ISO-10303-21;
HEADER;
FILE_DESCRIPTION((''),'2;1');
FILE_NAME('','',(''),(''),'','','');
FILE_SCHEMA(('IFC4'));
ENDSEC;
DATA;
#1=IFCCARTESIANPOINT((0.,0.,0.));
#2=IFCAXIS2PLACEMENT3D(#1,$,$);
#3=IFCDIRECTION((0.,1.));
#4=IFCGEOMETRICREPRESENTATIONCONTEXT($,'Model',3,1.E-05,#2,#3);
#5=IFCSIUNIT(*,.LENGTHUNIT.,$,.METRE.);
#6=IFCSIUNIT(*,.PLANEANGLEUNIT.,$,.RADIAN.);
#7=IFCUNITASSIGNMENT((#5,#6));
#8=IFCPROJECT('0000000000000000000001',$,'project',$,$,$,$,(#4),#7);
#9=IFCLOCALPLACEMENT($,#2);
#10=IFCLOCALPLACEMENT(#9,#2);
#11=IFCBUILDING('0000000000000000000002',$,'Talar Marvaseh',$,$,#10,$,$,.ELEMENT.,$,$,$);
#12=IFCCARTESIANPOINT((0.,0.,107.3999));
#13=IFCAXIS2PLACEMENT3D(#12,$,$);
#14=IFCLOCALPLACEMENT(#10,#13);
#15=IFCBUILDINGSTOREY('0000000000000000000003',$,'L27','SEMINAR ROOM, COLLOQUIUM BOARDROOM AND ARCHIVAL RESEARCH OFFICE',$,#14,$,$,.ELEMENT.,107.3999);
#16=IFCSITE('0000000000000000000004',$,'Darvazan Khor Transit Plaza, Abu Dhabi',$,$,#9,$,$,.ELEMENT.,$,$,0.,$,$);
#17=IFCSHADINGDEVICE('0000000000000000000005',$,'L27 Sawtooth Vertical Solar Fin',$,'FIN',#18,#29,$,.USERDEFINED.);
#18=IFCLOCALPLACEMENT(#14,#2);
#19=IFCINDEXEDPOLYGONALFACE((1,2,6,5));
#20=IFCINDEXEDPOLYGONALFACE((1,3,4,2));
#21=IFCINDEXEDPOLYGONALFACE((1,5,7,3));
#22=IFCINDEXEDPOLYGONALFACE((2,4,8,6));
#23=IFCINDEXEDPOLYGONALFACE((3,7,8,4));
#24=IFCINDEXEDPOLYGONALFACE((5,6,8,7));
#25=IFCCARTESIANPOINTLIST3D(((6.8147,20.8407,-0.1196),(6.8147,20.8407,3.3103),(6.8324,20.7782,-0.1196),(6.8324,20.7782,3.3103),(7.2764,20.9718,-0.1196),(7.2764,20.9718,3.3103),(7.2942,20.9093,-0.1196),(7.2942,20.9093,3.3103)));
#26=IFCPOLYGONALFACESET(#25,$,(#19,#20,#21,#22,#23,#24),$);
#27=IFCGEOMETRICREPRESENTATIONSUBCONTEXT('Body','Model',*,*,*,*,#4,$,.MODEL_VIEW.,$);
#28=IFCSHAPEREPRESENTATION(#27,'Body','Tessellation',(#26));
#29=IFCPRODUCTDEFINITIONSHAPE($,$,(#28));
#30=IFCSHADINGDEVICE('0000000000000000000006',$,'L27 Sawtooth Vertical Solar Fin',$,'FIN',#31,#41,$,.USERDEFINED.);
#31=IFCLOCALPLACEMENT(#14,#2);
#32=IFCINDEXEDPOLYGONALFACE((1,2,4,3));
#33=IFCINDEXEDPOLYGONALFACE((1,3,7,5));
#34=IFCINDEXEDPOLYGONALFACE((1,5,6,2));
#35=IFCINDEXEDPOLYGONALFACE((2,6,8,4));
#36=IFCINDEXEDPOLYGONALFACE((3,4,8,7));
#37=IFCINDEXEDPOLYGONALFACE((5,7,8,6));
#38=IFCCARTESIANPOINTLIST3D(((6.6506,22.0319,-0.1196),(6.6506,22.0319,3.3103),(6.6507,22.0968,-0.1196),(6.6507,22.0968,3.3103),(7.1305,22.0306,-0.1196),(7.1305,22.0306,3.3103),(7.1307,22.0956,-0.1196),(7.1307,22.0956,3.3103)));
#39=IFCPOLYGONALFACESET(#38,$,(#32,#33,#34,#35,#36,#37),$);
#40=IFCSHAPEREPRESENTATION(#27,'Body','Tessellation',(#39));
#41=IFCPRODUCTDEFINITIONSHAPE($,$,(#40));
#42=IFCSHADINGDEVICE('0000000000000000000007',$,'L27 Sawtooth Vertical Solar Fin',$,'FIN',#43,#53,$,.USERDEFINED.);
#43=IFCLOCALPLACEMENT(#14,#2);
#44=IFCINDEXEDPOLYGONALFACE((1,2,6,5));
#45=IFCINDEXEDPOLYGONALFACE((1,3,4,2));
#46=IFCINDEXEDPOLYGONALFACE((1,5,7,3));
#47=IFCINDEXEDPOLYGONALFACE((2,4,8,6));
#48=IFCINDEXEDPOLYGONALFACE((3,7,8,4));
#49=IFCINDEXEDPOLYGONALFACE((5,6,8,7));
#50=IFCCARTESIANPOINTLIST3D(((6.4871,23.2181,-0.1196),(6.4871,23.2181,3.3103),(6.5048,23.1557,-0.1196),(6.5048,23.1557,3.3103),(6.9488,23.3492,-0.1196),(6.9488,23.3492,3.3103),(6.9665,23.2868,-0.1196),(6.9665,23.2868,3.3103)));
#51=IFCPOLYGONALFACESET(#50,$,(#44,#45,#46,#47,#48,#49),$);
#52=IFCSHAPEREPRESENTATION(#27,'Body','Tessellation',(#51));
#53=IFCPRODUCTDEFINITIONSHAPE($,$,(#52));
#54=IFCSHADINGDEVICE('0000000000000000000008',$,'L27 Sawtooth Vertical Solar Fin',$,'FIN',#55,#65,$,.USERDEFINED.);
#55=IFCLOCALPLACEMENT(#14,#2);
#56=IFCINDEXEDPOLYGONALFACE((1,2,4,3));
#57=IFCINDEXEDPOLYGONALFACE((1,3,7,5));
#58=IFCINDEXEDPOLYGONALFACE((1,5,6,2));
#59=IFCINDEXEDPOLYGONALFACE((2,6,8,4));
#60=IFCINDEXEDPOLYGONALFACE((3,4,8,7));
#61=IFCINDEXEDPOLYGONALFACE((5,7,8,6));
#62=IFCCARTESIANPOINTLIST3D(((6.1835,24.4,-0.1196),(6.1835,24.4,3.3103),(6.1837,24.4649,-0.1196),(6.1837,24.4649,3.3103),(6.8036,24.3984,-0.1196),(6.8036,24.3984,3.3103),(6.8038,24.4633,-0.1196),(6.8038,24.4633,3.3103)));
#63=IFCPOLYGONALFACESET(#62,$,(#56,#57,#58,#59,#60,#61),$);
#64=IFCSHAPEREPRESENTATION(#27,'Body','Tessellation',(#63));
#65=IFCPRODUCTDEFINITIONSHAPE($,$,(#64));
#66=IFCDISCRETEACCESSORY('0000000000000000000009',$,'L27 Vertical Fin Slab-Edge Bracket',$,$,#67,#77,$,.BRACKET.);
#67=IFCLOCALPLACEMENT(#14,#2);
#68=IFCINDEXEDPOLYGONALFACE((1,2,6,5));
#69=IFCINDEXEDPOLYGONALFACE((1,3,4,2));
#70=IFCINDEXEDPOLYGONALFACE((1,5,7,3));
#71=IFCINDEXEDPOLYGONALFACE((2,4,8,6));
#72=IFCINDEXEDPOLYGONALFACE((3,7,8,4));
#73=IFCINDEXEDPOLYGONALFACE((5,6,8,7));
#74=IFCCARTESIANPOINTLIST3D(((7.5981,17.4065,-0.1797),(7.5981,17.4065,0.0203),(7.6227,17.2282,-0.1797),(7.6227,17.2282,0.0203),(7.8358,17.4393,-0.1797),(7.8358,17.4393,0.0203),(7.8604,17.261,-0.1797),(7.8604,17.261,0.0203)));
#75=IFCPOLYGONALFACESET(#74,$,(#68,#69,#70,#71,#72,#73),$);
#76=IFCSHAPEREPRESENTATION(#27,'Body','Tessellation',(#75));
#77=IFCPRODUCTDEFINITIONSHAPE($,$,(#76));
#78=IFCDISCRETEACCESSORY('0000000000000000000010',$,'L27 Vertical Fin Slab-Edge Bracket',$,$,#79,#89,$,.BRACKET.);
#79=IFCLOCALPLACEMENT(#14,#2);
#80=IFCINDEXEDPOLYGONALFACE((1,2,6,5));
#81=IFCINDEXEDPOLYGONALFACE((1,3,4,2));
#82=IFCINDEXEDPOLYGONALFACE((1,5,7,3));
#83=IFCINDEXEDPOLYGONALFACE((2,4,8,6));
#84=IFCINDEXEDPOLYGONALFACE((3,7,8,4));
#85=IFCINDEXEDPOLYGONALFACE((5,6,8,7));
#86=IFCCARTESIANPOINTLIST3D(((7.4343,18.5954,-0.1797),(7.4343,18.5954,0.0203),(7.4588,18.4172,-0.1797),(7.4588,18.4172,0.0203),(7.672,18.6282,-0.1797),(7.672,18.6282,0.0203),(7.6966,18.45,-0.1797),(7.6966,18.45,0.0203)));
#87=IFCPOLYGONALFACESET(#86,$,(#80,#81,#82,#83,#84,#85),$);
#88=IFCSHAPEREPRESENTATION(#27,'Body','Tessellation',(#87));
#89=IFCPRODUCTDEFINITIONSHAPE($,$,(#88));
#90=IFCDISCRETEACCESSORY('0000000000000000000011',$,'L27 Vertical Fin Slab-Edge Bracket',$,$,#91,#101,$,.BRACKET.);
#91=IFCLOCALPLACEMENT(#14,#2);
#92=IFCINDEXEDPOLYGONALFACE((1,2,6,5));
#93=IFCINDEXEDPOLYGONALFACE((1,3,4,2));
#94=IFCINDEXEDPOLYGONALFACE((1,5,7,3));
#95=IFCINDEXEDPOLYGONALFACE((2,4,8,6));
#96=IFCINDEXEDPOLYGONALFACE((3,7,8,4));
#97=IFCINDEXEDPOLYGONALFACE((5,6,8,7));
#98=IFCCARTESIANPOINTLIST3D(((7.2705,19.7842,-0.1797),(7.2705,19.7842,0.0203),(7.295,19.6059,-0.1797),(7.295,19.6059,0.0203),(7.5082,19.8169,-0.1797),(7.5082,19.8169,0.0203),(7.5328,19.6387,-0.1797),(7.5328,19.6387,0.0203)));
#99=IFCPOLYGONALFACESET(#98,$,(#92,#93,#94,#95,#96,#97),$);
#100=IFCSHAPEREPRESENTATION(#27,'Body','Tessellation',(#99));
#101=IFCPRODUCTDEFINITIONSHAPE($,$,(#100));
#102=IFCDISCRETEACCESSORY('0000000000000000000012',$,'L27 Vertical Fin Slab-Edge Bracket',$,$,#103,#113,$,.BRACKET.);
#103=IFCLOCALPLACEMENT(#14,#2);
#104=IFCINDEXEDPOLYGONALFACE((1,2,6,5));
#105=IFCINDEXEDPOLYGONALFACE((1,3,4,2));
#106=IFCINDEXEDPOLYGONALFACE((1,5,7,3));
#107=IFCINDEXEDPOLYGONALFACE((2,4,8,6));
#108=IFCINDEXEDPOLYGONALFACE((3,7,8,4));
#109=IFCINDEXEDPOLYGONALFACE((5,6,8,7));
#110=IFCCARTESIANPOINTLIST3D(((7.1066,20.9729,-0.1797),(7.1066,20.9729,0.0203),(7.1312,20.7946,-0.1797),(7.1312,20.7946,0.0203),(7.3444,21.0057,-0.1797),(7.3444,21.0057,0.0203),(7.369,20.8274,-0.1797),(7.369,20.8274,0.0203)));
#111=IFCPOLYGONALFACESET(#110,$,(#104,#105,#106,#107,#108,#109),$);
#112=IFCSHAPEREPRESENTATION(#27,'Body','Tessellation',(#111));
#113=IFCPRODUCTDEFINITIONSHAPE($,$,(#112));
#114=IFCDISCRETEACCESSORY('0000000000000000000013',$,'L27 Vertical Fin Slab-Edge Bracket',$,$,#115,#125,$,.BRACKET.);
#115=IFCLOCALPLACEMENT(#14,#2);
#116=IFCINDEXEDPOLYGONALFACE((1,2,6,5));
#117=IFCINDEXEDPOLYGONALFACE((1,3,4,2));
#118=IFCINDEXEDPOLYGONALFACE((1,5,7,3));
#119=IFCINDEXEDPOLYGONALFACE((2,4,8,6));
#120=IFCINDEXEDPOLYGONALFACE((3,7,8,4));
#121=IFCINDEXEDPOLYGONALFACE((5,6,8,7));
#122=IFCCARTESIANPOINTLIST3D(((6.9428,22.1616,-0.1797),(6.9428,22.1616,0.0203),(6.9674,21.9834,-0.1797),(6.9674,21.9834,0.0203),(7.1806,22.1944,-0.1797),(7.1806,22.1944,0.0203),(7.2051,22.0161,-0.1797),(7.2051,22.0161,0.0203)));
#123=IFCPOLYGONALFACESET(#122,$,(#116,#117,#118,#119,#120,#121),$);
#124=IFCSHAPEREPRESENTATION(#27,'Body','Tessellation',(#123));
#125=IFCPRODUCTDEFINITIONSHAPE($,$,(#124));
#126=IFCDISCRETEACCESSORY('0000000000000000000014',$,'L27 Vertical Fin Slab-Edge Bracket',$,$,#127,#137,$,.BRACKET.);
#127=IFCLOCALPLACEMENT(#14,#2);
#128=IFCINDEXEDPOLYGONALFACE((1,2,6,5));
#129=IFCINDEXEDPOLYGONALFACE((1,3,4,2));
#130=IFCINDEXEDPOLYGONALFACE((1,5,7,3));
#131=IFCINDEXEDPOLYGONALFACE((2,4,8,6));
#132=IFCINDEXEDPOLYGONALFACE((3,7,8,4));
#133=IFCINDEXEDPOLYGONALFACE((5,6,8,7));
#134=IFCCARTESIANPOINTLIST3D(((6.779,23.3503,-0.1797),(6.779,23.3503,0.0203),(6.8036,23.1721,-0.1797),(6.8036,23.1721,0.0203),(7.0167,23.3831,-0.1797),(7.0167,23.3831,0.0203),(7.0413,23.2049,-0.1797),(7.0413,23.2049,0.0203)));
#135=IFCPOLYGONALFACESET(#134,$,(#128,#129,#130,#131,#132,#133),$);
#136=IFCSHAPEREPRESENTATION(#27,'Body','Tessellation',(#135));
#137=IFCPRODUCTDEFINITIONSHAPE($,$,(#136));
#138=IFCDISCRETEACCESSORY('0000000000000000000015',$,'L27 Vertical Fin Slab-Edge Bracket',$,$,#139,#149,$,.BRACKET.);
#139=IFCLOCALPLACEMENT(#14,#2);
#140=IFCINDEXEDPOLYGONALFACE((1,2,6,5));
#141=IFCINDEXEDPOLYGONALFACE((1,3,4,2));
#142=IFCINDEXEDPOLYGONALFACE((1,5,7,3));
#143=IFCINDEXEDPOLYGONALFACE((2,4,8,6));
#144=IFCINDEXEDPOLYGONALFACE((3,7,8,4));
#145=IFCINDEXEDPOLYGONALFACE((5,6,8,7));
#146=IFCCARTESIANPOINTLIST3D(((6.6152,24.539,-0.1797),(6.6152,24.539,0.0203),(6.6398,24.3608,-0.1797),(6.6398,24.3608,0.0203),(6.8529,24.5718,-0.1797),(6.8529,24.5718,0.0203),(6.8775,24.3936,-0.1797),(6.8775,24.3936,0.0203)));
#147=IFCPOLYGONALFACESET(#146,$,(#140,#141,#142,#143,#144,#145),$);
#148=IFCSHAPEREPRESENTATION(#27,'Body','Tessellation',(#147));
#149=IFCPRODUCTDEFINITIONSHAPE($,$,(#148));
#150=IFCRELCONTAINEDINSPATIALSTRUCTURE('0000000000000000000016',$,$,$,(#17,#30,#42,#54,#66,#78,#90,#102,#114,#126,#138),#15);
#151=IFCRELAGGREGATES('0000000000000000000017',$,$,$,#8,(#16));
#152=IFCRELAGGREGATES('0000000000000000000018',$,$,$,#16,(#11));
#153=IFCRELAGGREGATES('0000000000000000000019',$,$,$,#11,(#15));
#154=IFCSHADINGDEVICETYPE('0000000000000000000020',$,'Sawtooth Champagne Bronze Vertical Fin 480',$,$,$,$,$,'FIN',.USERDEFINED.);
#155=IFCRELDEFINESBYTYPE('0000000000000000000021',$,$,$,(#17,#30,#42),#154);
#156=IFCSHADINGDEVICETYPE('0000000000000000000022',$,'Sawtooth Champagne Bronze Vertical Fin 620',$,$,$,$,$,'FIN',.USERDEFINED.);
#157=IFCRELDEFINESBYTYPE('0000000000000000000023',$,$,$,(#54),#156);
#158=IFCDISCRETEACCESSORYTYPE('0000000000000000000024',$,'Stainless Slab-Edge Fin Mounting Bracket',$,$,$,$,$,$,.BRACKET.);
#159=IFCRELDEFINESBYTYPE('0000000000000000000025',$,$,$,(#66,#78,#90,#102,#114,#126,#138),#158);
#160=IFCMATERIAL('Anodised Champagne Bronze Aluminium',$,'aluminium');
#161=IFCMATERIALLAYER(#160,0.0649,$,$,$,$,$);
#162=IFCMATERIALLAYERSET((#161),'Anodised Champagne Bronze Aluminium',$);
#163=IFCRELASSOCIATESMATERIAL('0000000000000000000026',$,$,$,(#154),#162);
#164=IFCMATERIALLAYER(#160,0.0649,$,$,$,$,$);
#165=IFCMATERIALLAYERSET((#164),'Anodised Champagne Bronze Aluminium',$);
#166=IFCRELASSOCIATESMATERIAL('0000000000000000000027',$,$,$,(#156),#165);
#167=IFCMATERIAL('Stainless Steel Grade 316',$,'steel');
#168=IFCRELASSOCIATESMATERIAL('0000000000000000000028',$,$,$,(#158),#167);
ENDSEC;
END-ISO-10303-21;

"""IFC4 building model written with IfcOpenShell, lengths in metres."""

from ifc_helpers import new_model, si_unit, direction, frame, origin, origin_2d, place, context, subcontext, project, spatial, rectangle, extrude, source, transform, mapped, material, layer, layer_set, type_object, type_shapes, element, save


model = new_model("IFC4")

# Units and contexts
model_context = context("Model", 3, precision=1e-05, world=origin(), true_north=direction((0.0, 1.0)))
body_context = subcontext(model_context, "Body", "Model", "MODEL_VIEW")
ifc_project = project(units=[si_unit("LENGTHUNIT", "METRE"), si_unit("PLANEANGLEUNIT", "RADIAN")], contexts=[model_context])

# Site, building, storey
site_placement = place(None, origin())
site = spatial("IfcSite", under=ifc_project, at=site_placement, Name="Darvazan Khor Transit Plaza, Abu Dhabi", CompositionType="ELEMENT", RefElevation=0.0)
building_placement = place(site_placement, origin())
building = spatial("IfcBuilding", under=site, at=building_placement, Name="Talar Marvaseh", CompositionType="ELEMENT")
storey_placement = place(building_placement, frame((0.0, 0.0, 107.3999)))
storey = spatial("IfcBuildingStorey", under=building, at=storey_placement, Name="L27", Description="SEMINAR ROOM, COLLOQUIUM BOARDROOM AND ARCHIVAL RESEARCH OFFICE", CompositionType="ELEMENT", Elevation=107.3999)

# Shading devices
ifc_material_1 = material(Name="Anodised Champagne Bronze Aluminium", Category="aluminium")
ifc_layer_1 = layer(ifc_material_1, 0.0649)
ifc_layer_set_1 = layer_set([ifc_layer_1], Name="Anodised Champagne Bronze Aluminium")
shading_device_type_1 = type_object("IfcShadingDeviceType", Name="Sawtooth Champagne Bronze Vertical Fin 480", ElementType="FIN", PredefinedType="USERDEFINED", material=ifc_layer_set_1)
shared_shape_1 = source(origin(), body_context, "Body", "SweptSolid", [
    extrude(rectangle(XDim=0.48, YDim=0.0649, at=origin_2d()), origin(), (0.0, 0.0, 1.0), 3.4299),
])
type_shapes(shading_device_type_1, [shared_shape_1])
for number, where, z_axis, x_axis, name in (
    (1, (7.0544, 20.875, -0.1196), (0.0, 0.0, 1.0), (-0.96198, -0.27312, 0.0), "L27 Sawtooth Vertical Solar Fin"),
    (2, (6.8906, 22.0637, -0.1196), (0.0, 0.0, 1.0), (-0.999997, 0.002618, 0.0), "L27 Sawtooth Vertical Solar Fin"),
    (3, (6.7268, 23.2524, -0.1196), (0.0, 0.0, 1.0), (-0.96198, -0.27312, 0.0), "L27 Sawtooth Vertical Solar Fin"),
):
    element("IfcShadingDevice", number, at=place(storey_placement, frame(where, z_axis=z_axis, x_axis=x_axis)), inside=storey, type_object=shading_device_type_1, Name=name, ObjectType="FIN", PredefinedType="USERDEFINED", context=body_context, shape_type="MappedRepresentation", body=[
        mapped(shared_shape_1, transform((0.0, 0.0, 0.0), x_axis=(1.0, 0.0, 0.0), y_axis=(0.0, 1.0, 0.0), z_axis=(0.0, 0.0, 1.0), scale=1.0)),
    ])
ifc_layer_2 = layer(ifc_material_1, 0.0649)
ifc_layer_set_2 = layer_set([ifc_layer_2], Name="Anodised Champagne Bronze Aluminium")
shading_device_type_2 = type_object("IfcShadingDeviceType", Name="Sawtooth Champagne Bronze Vertical Fin 620", ElementType="FIN", PredefinedType="USERDEFINED", material=ifc_layer_set_2)
shared_shape_2 = source(origin(), body_context, "Body", "SweptSolid", [
    extrude(rectangle(XDim=0.6201, YDim=0.0649, at=origin_2d()), origin(), (0.0, 0.0, 1.0), 3.4299),
])
type_shapes(shading_device_type_2, [shared_shape_2])
shading_device_placement = place(storey_placement, frame((6.4937, 24.4316, -0.1196), z_axis=(0.0, 0.0, 1.0), x_axis=(-0.999997, 0.002618, 0.0)))
element("IfcShadingDevice", 4, at=shading_device_placement, inside=storey, type_object=shading_device_type_2, Name="L27 Sawtooth Vertical Solar Fin", ObjectType="FIN", PredefinedType="USERDEFINED", context=body_context, shape_type="MappedRepresentation", body=[
    mapped(shared_shape_2, transform((0.0, 0.0, 0.0), x_axis=(1.0, 0.0, 0.0), y_axis=(0.0, 1.0, 0.0), z_axis=(0.0, 0.0, 1.0), scale=1.0)),
])

# Discrete accessories
ifc_material_2 = material(Name="Stainless Steel Grade 316", Category="steel")
discrete_accessory_type = type_object("IfcDiscreteAccessoryType", Name="Stainless Slab-Edge Fin Mounting Bracket", PredefinedType="BRACKET", material=ifc_material_2)
shared_shape_3 = source(origin(), body_context, "Body", "SweptSolid", [
    extrude(rectangle(XDim=0.24, YDim=0.1799, at=origin_2d()), origin(), (0.0, 0.0, 1.0), 0.2),
])
type_shapes(discrete_accessory_type, [shared_shape_3])
for number, where, z_axis, x_axis, name in (
    (5, (7.7292, 17.3337, -0.1797), (0.0, 0.0, 1.0), (-0.990629, -0.13658, 0.0), "L27 Vertical Fin Slab-Edge Bracket"),
    (6, (7.5654, 18.5227, -0.1797), (0.0, 0.0, 1.0), (-0.990629, -0.13658, 0.0), "L27 Vertical Fin Slab-Edge Bracket"),
    (7, (7.4016, 19.7114, -0.1797), (0.0, 0.0, 1.0), (-0.990629, -0.13658, 0.0), "L27 Vertical Fin Slab-Edge Bracket"),
    (8, (7.2378, 20.9001, -0.1797), (0.0, 0.0, 1.0), (-0.990629, -0.13658, 0.0), "L27 Vertical Fin Slab-Edge Bracket"),
    (9, (7.074, 22.0889, -0.1797), (0.0, 0.0, 1.0), (-0.990629, -0.13658, 0.0), "L27 Vertical Fin Slab-Edge Bracket"),
    (10, (6.9102, 23.2776, -0.1797), (0.0, 0.0, 1.0), (-0.990629, -0.13658, 0.0), "L27 Vertical Fin Slab-Edge Bracket"),
    (11, (6.7463, 24.4663, -0.1797), (0.0, 0.0, 1.0), (-0.990629, -0.13658, 0.0), "L27 Vertical Fin Slab-Edge Bracket"),
):
    element("IfcDiscreteAccessory", number, at=place(storey_placement, frame(where, z_axis=z_axis, x_axis=x_axis)), inside=storey, type_object=discrete_accessory_type, Name=name, PredefinedType="BRACKET", context=body_context, shape_type="MappedRepresentation", body=[
        mapped(shared_shape_3, transform((0.0, 0.0, 0.0), x_axis=(1.0, 0.0, 0.0), y_axis=(0.0, 1.0, 0.0), z_axis=(0.0, 0.0, 1.0), scale=1.0)),
    ])

save(model, "model.ifc")
